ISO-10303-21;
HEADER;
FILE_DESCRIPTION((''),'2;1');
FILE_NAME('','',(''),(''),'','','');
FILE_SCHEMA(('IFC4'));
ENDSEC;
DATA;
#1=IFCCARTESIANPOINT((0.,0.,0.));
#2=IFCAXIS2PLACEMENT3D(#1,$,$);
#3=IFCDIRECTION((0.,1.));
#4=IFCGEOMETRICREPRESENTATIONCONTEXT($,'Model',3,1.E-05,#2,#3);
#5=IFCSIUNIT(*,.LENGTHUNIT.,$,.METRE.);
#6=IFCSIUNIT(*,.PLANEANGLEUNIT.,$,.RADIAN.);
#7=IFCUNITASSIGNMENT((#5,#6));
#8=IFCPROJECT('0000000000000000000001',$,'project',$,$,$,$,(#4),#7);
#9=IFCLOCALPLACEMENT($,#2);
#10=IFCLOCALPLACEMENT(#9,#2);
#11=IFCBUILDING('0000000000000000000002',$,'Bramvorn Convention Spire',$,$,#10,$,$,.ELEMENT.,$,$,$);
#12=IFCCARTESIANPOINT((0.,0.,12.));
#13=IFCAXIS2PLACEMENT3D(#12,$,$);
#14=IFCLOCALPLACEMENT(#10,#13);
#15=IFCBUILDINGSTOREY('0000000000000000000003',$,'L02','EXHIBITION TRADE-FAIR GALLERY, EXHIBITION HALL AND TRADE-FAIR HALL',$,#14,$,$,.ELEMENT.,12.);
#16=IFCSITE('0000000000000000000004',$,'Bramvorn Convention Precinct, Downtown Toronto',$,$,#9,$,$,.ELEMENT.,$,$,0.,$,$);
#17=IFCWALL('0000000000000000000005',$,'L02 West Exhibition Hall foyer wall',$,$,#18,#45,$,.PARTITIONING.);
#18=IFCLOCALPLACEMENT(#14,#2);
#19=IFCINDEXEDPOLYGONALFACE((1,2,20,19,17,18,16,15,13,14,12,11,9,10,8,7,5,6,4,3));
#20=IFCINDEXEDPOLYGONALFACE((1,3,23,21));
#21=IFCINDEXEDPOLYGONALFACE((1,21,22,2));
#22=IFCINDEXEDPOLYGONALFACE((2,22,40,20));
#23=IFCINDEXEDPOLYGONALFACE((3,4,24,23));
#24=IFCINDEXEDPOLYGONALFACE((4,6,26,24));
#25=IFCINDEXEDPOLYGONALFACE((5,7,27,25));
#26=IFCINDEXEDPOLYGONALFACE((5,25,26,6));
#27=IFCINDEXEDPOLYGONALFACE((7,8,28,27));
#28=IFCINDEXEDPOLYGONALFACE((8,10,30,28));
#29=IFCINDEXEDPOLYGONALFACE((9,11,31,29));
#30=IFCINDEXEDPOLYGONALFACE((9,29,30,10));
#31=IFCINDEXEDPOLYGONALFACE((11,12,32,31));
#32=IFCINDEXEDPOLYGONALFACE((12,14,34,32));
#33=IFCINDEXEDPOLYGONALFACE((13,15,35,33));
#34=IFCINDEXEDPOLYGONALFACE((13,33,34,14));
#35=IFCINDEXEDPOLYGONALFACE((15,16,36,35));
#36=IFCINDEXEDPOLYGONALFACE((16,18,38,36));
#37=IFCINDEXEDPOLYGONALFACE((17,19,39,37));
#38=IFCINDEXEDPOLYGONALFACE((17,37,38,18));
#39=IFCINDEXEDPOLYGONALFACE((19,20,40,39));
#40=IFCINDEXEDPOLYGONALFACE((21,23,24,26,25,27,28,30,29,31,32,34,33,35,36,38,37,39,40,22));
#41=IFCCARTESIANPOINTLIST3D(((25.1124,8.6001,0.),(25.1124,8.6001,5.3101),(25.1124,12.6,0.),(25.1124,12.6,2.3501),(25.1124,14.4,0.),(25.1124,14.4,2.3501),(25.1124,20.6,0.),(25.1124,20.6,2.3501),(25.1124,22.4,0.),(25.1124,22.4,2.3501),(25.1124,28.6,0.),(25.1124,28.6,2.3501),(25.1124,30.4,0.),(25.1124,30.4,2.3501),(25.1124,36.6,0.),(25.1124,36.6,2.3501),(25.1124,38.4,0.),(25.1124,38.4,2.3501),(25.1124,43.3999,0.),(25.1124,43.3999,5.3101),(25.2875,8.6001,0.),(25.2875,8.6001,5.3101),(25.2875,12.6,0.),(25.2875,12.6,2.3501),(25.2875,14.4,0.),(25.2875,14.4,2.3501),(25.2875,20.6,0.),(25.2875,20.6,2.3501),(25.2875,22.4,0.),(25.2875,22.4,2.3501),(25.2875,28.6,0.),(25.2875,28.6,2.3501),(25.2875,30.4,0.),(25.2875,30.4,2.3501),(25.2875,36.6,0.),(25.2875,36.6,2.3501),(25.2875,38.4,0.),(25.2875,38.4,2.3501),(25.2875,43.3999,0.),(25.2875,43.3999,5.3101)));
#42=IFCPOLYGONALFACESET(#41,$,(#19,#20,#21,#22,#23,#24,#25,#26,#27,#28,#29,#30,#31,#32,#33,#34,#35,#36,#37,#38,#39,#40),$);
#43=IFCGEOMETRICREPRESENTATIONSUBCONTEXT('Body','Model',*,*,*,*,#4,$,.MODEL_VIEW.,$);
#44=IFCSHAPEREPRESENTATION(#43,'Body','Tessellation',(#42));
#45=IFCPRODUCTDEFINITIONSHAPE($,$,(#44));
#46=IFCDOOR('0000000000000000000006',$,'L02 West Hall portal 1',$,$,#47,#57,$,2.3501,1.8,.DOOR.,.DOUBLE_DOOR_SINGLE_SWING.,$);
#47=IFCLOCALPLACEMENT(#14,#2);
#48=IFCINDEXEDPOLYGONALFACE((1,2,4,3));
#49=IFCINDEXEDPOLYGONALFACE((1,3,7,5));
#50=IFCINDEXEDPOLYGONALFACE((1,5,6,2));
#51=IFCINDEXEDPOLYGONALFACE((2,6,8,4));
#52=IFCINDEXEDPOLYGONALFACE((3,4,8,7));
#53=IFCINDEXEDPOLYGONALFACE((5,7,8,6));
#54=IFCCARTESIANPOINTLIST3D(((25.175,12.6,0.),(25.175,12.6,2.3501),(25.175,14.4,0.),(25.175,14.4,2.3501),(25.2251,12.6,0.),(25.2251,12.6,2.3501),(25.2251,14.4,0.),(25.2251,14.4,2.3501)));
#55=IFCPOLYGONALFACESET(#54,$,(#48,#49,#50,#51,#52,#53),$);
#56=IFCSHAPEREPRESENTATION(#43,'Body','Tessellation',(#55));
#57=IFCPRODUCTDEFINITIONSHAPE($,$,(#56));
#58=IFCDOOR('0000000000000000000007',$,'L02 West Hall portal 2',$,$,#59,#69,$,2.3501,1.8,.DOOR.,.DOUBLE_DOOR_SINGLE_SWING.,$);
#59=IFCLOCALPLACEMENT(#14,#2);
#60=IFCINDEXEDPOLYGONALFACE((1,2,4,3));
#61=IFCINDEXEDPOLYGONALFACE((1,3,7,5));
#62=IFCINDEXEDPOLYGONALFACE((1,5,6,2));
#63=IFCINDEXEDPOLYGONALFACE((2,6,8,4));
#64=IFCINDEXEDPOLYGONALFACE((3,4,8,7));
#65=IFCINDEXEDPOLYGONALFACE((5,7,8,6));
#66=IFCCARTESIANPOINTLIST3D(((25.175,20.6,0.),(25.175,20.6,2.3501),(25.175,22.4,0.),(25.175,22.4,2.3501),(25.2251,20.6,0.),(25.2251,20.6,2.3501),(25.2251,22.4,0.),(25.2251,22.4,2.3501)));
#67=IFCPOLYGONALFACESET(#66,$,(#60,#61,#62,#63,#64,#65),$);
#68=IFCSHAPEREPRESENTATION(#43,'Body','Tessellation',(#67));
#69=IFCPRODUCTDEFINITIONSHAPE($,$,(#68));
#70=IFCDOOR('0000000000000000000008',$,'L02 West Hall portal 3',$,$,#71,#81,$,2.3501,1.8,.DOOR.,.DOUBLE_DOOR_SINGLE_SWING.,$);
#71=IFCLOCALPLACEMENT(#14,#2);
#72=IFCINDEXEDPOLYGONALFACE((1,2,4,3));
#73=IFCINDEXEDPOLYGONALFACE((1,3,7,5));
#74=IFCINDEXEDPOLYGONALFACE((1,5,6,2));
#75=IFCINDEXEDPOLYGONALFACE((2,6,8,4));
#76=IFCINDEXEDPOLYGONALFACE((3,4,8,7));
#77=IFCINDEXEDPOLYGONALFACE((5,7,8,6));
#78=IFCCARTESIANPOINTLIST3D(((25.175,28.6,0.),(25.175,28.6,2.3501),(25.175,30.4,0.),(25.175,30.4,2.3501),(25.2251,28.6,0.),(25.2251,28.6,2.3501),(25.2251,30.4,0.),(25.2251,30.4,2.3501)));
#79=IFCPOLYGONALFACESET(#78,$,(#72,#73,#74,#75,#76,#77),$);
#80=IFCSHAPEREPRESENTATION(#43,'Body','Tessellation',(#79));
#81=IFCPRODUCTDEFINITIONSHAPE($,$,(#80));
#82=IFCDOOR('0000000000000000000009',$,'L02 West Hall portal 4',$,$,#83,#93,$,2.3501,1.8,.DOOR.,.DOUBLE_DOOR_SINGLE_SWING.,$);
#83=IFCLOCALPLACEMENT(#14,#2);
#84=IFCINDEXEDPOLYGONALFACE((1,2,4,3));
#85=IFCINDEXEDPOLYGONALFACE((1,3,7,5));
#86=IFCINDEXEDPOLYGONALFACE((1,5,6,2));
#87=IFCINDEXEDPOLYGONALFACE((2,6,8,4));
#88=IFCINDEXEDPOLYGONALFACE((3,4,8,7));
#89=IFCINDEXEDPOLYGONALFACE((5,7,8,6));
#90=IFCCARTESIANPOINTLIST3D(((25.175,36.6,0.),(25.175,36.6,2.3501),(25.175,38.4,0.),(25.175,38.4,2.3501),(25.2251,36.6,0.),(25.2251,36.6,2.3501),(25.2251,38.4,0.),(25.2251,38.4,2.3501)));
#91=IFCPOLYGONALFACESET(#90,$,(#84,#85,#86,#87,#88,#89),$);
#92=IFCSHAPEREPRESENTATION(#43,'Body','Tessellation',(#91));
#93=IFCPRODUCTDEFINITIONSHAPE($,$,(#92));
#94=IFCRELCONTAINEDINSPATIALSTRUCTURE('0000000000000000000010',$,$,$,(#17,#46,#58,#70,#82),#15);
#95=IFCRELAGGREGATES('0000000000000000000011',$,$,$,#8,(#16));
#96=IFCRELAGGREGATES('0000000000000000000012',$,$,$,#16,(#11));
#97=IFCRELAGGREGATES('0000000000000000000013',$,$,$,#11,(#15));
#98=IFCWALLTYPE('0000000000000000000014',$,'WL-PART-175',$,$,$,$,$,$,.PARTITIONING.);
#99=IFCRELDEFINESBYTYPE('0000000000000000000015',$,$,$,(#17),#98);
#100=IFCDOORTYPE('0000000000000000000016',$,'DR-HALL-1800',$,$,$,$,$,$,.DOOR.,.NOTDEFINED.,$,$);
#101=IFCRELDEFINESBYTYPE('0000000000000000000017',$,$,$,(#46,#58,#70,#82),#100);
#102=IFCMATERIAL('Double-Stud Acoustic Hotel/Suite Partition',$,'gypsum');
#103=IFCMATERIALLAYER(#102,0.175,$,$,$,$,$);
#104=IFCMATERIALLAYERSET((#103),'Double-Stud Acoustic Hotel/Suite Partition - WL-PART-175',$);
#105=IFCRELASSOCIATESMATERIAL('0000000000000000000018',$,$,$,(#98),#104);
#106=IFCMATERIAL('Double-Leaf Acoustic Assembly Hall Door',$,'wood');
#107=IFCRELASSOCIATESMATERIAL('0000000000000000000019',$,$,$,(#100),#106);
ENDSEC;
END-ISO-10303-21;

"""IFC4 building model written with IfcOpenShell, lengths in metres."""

from ifc_helpers import new_model, si_unit, direction, frame, frame_2d, origin, place, context, subcontext, project, spatial, rectangle, extrude, material, layer, layer_set, type_object, element, fill, save


model = new_model("IFC4")

# Units and contexts
model_context = context("Model", 3, precision=1e-05, world=origin(), true_north=direction((0.0, 1.0)))
body_context = subcontext(model_context, "Body", "Model", "MODEL_VIEW")
ifc_project = project(units=[si_unit("LENGTHUNIT", "METRE"), si_unit("PLANEANGLEUNIT", "RADIAN")], contexts=[model_context])

# Site, building, storey
site_placement = place(None, origin())
site = spatial("IfcSite", under=ifc_project, at=site_placement, Name="Bramvorn Convention Precinct, Downtown Toronto", CompositionType="ELEMENT", RefElevation=0.0)
building_placement = place(site_placement, origin())
building = spatial("IfcBuilding", under=site, at=building_placement, Name="Bramvorn Convention Spire", CompositionType="ELEMENT")
storey_placement = place(building_placement, frame((0.0, 0.0, 12.0)))
storey = spatial("IfcBuildingStorey", under=building, at=storey_placement, Name="L02", Description="EXHIBITION TRADE-FAIR GALLERY, EXHIBITION HALL AND TRADE-FAIR HALL", CompositionType="ELEMENT", Elevation=12.0)

# Wall, openings, doors
ifc_material_1 = material(Name="Double-Stud Acoustic Hotel/Suite Partition", Category="gypsum")
ifc_layer_1 = layer(ifc_material_1, 0.175)
ifc_layer_set_1 = layer_set([ifc_layer_1], Name="Double-Stud Acoustic Hotel/Suite Partition - WL-PART-175")
wall_type_1 = type_object("IfcWallType", Name="WL-PART-175", PredefinedType="PARTITIONING", material=ifc_layer_set_1)
wall_1_placement = place(storey_placement, frame((25.2, 8.6001, 0.0), z_axis=(0.0, 0.0, 1.0), x_axis=(0.0, 1.0, 0.0)))
wall_1 = element("IfcWall", 1, at=wall_1_placement, inside=storey, type_object=wall_type_1, Name="L02 West Exhibition Hall foyer wall", PredefinedType="PARTITIONING", context=body_context, shape_type="SweptSolid", body=[
    extrude(rectangle(XDim=34.7998, YDim=0.175, at=frame_2d((17.3999, 0.0))), origin(), (0.0, 0.0, 1.0), 5.3101),
])
opening_1_placement = place(wall_1_placement, frame((4.0, 0.0, 0.0)))
opening_1 = element("IfcOpeningElement", 2, at=opening_1_placement, cuts=wall_1, PredefinedType="OPENING", context=body_context, shape_type="SweptSolid", body=[
    extrude(rectangle(XDim=1.8, YDim=2.3501, at=frame_2d((0.8999, 1.175))), frame((0.0, 0.0974, 0.0), z_axis=(0.0, -1.0, 0.0), x_axis=(1.0, 0.0, 0.0)), (0.0, 0.0, 1.0), 0.1951),
])
opening_2_placement = place(wall_1_placement, frame((12.0, 0.0, 0.0)))
opening_2 = element("IfcOpeningElement", 3, at=opening_2_placement, cuts=wall_1, PredefinedType="OPENING", context=body_context, shape_type="SweptSolid", body=[
    extrude(rectangle(XDim=1.8, YDim=2.3501, at=frame_2d((0.8999, 1.175))), frame((0.0, 0.0974, 0.0), z_axis=(0.0, -1.0, 0.0), x_axis=(1.0, 0.0, 0.0)), (0.0, 0.0, 1.0), 0.1951),
])
opening_3_placement = place(wall_1_placement, frame((20.0, 0.0, 0.0)))
opening_3 = element("IfcOpeningElement", 4, at=opening_3_placement, cuts=wall_1, PredefinedType="OPENING", context=body_context, shape_type="SweptSolid", body=[
    extrude(rectangle(XDim=1.8, YDim=2.3501, at=frame_2d((0.8999, 1.175))), frame((0.0, 0.0974, 0.0), z_axis=(0.0, -1.0, 0.0), x_axis=(1.0, 0.0, 0.0)), (0.0, 0.0, 1.0), 0.1951),
])
opening_4_placement = place(wall_1_placement, frame((28.0, 0.0, 0.0)))
opening_4 = element("IfcOpeningElement", 5, at=opening_4_placement, cuts=wall_1, PredefinedType="OPENING", context=body_context, shape_type="SweptSolid", body=[
    extrude(rectangle(XDim=1.8, YDim=2.3501, at=frame_2d((0.8999, 1.175))), frame((0.0, 0.0974, 0.0), z_axis=(0.0, -1.0, 0.0), x_axis=(1.0, 0.0, 0.0)), (0.0, 0.0, 1.0), 0.1951),
])
ifc_material_2 = material(Name="Double-Leaf Acoustic Assembly Hall Door", Category="wood")
door_type_1 = type_object("IfcDoorType", Name="DR-HALL-1800", OperationType="NOTDEFINED", PredefinedType="DOOR", material=ifc_material_2)
door_1_placement = place(opening_1_placement, origin())
door_1 = element("IfcDoor", 6, at=door_1_placement, inside=storey, type_object=door_type_1, Name="L02 West Hall portal 1", OperationType="DOUBLE_DOOR_SINGLE_SWING", OverallHeight=2.3501, OverallWidth=1.8, PredefinedType="DOOR", context=body_context, shape_type="SweptSolid", body=[
    extrude(rectangle(XDim=1.8, YDim=2.3501, at=frame_2d((0.8999, 1.175))), frame((0.0, 0.0249, 0.0), z_axis=(0.0, -1.0, 0.0), x_axis=(1.0, 0.0, 0.0)), (0.0, 0.0, 1.0), 0.05),
])
fill(opening_1, door_1)
door_2_placement = place(opening_2_placement, origin())
door_2 = element("IfcDoor", 7, at=door_2_placement, inside=storey, type_object=door_type_1, Name="L02 West Hall portal 2", OperationType="DOUBLE_DOOR_SINGLE_SWING", OverallHeight=2.3501, OverallWidth=1.8, PredefinedType="DOOR", context=body_context, shape_type="SweptSolid", body=[
    extrude(rectangle(XDim=1.8, YDim=2.3501, at=frame_2d((0.8999, 1.175))), frame((0.0, 0.0249, 0.0), z_axis=(0.0, -1.0, 0.0), x_axis=(1.0, 0.0, 0.0)), (0.0, 0.0, 1.0), 0.05),
])
fill(opening_2, door_2)
door_3_placement = place(opening_3_placement, origin())
door_3 = element("IfcDoor", 8, at=door_3_placement, inside=storey, type_object=door_type_1, Name="L02 West Hall portal 3", OperationType="DOUBLE_DOOR_SINGLE_SWING", OverallHeight=2.3501, OverallWidth=1.8, PredefinedType="DOOR", context=body_context, shape_type="SweptSolid", body=[
    extrude(rectangle(XDim=1.8, YDim=2.3501, at=frame_2d((0.8999, 1.175))), frame((0.0, 0.0249, 0.0), z_axis=(0.0, -1.0, 0.0), x_axis=(1.0, 0.0, 0.0)), (0.0, 0.0, 1.0), 0.05),
])
fill(opening_3, door_3)
door_4_placement = place(opening_4_placement, origin())
door_4 = element("IfcDoor", 9, at=door_4_placement, inside=storey, type_object=door_type_1, Name="L02 West Hall portal 4", OperationType="DOUBLE_DOOR_SINGLE_SWING", OverallHeight=2.3501, OverallWidth=1.8, PredefinedType="DOOR", context=body_context, shape_type="SweptSolid", body=[
    extrude(rectangle(XDim=1.8, YDim=2.3501, at=frame_2d((0.8999, 1.175))), frame((0.0, 0.0249, 0.0), z_axis=(0.0, -1.0, 0.0), x_axis=(1.0, 0.0, 0.0)), (0.0, 0.0, 1.0), 0.05),
])
fill(opening_4, door_4)

save(model, "model.ifc")
